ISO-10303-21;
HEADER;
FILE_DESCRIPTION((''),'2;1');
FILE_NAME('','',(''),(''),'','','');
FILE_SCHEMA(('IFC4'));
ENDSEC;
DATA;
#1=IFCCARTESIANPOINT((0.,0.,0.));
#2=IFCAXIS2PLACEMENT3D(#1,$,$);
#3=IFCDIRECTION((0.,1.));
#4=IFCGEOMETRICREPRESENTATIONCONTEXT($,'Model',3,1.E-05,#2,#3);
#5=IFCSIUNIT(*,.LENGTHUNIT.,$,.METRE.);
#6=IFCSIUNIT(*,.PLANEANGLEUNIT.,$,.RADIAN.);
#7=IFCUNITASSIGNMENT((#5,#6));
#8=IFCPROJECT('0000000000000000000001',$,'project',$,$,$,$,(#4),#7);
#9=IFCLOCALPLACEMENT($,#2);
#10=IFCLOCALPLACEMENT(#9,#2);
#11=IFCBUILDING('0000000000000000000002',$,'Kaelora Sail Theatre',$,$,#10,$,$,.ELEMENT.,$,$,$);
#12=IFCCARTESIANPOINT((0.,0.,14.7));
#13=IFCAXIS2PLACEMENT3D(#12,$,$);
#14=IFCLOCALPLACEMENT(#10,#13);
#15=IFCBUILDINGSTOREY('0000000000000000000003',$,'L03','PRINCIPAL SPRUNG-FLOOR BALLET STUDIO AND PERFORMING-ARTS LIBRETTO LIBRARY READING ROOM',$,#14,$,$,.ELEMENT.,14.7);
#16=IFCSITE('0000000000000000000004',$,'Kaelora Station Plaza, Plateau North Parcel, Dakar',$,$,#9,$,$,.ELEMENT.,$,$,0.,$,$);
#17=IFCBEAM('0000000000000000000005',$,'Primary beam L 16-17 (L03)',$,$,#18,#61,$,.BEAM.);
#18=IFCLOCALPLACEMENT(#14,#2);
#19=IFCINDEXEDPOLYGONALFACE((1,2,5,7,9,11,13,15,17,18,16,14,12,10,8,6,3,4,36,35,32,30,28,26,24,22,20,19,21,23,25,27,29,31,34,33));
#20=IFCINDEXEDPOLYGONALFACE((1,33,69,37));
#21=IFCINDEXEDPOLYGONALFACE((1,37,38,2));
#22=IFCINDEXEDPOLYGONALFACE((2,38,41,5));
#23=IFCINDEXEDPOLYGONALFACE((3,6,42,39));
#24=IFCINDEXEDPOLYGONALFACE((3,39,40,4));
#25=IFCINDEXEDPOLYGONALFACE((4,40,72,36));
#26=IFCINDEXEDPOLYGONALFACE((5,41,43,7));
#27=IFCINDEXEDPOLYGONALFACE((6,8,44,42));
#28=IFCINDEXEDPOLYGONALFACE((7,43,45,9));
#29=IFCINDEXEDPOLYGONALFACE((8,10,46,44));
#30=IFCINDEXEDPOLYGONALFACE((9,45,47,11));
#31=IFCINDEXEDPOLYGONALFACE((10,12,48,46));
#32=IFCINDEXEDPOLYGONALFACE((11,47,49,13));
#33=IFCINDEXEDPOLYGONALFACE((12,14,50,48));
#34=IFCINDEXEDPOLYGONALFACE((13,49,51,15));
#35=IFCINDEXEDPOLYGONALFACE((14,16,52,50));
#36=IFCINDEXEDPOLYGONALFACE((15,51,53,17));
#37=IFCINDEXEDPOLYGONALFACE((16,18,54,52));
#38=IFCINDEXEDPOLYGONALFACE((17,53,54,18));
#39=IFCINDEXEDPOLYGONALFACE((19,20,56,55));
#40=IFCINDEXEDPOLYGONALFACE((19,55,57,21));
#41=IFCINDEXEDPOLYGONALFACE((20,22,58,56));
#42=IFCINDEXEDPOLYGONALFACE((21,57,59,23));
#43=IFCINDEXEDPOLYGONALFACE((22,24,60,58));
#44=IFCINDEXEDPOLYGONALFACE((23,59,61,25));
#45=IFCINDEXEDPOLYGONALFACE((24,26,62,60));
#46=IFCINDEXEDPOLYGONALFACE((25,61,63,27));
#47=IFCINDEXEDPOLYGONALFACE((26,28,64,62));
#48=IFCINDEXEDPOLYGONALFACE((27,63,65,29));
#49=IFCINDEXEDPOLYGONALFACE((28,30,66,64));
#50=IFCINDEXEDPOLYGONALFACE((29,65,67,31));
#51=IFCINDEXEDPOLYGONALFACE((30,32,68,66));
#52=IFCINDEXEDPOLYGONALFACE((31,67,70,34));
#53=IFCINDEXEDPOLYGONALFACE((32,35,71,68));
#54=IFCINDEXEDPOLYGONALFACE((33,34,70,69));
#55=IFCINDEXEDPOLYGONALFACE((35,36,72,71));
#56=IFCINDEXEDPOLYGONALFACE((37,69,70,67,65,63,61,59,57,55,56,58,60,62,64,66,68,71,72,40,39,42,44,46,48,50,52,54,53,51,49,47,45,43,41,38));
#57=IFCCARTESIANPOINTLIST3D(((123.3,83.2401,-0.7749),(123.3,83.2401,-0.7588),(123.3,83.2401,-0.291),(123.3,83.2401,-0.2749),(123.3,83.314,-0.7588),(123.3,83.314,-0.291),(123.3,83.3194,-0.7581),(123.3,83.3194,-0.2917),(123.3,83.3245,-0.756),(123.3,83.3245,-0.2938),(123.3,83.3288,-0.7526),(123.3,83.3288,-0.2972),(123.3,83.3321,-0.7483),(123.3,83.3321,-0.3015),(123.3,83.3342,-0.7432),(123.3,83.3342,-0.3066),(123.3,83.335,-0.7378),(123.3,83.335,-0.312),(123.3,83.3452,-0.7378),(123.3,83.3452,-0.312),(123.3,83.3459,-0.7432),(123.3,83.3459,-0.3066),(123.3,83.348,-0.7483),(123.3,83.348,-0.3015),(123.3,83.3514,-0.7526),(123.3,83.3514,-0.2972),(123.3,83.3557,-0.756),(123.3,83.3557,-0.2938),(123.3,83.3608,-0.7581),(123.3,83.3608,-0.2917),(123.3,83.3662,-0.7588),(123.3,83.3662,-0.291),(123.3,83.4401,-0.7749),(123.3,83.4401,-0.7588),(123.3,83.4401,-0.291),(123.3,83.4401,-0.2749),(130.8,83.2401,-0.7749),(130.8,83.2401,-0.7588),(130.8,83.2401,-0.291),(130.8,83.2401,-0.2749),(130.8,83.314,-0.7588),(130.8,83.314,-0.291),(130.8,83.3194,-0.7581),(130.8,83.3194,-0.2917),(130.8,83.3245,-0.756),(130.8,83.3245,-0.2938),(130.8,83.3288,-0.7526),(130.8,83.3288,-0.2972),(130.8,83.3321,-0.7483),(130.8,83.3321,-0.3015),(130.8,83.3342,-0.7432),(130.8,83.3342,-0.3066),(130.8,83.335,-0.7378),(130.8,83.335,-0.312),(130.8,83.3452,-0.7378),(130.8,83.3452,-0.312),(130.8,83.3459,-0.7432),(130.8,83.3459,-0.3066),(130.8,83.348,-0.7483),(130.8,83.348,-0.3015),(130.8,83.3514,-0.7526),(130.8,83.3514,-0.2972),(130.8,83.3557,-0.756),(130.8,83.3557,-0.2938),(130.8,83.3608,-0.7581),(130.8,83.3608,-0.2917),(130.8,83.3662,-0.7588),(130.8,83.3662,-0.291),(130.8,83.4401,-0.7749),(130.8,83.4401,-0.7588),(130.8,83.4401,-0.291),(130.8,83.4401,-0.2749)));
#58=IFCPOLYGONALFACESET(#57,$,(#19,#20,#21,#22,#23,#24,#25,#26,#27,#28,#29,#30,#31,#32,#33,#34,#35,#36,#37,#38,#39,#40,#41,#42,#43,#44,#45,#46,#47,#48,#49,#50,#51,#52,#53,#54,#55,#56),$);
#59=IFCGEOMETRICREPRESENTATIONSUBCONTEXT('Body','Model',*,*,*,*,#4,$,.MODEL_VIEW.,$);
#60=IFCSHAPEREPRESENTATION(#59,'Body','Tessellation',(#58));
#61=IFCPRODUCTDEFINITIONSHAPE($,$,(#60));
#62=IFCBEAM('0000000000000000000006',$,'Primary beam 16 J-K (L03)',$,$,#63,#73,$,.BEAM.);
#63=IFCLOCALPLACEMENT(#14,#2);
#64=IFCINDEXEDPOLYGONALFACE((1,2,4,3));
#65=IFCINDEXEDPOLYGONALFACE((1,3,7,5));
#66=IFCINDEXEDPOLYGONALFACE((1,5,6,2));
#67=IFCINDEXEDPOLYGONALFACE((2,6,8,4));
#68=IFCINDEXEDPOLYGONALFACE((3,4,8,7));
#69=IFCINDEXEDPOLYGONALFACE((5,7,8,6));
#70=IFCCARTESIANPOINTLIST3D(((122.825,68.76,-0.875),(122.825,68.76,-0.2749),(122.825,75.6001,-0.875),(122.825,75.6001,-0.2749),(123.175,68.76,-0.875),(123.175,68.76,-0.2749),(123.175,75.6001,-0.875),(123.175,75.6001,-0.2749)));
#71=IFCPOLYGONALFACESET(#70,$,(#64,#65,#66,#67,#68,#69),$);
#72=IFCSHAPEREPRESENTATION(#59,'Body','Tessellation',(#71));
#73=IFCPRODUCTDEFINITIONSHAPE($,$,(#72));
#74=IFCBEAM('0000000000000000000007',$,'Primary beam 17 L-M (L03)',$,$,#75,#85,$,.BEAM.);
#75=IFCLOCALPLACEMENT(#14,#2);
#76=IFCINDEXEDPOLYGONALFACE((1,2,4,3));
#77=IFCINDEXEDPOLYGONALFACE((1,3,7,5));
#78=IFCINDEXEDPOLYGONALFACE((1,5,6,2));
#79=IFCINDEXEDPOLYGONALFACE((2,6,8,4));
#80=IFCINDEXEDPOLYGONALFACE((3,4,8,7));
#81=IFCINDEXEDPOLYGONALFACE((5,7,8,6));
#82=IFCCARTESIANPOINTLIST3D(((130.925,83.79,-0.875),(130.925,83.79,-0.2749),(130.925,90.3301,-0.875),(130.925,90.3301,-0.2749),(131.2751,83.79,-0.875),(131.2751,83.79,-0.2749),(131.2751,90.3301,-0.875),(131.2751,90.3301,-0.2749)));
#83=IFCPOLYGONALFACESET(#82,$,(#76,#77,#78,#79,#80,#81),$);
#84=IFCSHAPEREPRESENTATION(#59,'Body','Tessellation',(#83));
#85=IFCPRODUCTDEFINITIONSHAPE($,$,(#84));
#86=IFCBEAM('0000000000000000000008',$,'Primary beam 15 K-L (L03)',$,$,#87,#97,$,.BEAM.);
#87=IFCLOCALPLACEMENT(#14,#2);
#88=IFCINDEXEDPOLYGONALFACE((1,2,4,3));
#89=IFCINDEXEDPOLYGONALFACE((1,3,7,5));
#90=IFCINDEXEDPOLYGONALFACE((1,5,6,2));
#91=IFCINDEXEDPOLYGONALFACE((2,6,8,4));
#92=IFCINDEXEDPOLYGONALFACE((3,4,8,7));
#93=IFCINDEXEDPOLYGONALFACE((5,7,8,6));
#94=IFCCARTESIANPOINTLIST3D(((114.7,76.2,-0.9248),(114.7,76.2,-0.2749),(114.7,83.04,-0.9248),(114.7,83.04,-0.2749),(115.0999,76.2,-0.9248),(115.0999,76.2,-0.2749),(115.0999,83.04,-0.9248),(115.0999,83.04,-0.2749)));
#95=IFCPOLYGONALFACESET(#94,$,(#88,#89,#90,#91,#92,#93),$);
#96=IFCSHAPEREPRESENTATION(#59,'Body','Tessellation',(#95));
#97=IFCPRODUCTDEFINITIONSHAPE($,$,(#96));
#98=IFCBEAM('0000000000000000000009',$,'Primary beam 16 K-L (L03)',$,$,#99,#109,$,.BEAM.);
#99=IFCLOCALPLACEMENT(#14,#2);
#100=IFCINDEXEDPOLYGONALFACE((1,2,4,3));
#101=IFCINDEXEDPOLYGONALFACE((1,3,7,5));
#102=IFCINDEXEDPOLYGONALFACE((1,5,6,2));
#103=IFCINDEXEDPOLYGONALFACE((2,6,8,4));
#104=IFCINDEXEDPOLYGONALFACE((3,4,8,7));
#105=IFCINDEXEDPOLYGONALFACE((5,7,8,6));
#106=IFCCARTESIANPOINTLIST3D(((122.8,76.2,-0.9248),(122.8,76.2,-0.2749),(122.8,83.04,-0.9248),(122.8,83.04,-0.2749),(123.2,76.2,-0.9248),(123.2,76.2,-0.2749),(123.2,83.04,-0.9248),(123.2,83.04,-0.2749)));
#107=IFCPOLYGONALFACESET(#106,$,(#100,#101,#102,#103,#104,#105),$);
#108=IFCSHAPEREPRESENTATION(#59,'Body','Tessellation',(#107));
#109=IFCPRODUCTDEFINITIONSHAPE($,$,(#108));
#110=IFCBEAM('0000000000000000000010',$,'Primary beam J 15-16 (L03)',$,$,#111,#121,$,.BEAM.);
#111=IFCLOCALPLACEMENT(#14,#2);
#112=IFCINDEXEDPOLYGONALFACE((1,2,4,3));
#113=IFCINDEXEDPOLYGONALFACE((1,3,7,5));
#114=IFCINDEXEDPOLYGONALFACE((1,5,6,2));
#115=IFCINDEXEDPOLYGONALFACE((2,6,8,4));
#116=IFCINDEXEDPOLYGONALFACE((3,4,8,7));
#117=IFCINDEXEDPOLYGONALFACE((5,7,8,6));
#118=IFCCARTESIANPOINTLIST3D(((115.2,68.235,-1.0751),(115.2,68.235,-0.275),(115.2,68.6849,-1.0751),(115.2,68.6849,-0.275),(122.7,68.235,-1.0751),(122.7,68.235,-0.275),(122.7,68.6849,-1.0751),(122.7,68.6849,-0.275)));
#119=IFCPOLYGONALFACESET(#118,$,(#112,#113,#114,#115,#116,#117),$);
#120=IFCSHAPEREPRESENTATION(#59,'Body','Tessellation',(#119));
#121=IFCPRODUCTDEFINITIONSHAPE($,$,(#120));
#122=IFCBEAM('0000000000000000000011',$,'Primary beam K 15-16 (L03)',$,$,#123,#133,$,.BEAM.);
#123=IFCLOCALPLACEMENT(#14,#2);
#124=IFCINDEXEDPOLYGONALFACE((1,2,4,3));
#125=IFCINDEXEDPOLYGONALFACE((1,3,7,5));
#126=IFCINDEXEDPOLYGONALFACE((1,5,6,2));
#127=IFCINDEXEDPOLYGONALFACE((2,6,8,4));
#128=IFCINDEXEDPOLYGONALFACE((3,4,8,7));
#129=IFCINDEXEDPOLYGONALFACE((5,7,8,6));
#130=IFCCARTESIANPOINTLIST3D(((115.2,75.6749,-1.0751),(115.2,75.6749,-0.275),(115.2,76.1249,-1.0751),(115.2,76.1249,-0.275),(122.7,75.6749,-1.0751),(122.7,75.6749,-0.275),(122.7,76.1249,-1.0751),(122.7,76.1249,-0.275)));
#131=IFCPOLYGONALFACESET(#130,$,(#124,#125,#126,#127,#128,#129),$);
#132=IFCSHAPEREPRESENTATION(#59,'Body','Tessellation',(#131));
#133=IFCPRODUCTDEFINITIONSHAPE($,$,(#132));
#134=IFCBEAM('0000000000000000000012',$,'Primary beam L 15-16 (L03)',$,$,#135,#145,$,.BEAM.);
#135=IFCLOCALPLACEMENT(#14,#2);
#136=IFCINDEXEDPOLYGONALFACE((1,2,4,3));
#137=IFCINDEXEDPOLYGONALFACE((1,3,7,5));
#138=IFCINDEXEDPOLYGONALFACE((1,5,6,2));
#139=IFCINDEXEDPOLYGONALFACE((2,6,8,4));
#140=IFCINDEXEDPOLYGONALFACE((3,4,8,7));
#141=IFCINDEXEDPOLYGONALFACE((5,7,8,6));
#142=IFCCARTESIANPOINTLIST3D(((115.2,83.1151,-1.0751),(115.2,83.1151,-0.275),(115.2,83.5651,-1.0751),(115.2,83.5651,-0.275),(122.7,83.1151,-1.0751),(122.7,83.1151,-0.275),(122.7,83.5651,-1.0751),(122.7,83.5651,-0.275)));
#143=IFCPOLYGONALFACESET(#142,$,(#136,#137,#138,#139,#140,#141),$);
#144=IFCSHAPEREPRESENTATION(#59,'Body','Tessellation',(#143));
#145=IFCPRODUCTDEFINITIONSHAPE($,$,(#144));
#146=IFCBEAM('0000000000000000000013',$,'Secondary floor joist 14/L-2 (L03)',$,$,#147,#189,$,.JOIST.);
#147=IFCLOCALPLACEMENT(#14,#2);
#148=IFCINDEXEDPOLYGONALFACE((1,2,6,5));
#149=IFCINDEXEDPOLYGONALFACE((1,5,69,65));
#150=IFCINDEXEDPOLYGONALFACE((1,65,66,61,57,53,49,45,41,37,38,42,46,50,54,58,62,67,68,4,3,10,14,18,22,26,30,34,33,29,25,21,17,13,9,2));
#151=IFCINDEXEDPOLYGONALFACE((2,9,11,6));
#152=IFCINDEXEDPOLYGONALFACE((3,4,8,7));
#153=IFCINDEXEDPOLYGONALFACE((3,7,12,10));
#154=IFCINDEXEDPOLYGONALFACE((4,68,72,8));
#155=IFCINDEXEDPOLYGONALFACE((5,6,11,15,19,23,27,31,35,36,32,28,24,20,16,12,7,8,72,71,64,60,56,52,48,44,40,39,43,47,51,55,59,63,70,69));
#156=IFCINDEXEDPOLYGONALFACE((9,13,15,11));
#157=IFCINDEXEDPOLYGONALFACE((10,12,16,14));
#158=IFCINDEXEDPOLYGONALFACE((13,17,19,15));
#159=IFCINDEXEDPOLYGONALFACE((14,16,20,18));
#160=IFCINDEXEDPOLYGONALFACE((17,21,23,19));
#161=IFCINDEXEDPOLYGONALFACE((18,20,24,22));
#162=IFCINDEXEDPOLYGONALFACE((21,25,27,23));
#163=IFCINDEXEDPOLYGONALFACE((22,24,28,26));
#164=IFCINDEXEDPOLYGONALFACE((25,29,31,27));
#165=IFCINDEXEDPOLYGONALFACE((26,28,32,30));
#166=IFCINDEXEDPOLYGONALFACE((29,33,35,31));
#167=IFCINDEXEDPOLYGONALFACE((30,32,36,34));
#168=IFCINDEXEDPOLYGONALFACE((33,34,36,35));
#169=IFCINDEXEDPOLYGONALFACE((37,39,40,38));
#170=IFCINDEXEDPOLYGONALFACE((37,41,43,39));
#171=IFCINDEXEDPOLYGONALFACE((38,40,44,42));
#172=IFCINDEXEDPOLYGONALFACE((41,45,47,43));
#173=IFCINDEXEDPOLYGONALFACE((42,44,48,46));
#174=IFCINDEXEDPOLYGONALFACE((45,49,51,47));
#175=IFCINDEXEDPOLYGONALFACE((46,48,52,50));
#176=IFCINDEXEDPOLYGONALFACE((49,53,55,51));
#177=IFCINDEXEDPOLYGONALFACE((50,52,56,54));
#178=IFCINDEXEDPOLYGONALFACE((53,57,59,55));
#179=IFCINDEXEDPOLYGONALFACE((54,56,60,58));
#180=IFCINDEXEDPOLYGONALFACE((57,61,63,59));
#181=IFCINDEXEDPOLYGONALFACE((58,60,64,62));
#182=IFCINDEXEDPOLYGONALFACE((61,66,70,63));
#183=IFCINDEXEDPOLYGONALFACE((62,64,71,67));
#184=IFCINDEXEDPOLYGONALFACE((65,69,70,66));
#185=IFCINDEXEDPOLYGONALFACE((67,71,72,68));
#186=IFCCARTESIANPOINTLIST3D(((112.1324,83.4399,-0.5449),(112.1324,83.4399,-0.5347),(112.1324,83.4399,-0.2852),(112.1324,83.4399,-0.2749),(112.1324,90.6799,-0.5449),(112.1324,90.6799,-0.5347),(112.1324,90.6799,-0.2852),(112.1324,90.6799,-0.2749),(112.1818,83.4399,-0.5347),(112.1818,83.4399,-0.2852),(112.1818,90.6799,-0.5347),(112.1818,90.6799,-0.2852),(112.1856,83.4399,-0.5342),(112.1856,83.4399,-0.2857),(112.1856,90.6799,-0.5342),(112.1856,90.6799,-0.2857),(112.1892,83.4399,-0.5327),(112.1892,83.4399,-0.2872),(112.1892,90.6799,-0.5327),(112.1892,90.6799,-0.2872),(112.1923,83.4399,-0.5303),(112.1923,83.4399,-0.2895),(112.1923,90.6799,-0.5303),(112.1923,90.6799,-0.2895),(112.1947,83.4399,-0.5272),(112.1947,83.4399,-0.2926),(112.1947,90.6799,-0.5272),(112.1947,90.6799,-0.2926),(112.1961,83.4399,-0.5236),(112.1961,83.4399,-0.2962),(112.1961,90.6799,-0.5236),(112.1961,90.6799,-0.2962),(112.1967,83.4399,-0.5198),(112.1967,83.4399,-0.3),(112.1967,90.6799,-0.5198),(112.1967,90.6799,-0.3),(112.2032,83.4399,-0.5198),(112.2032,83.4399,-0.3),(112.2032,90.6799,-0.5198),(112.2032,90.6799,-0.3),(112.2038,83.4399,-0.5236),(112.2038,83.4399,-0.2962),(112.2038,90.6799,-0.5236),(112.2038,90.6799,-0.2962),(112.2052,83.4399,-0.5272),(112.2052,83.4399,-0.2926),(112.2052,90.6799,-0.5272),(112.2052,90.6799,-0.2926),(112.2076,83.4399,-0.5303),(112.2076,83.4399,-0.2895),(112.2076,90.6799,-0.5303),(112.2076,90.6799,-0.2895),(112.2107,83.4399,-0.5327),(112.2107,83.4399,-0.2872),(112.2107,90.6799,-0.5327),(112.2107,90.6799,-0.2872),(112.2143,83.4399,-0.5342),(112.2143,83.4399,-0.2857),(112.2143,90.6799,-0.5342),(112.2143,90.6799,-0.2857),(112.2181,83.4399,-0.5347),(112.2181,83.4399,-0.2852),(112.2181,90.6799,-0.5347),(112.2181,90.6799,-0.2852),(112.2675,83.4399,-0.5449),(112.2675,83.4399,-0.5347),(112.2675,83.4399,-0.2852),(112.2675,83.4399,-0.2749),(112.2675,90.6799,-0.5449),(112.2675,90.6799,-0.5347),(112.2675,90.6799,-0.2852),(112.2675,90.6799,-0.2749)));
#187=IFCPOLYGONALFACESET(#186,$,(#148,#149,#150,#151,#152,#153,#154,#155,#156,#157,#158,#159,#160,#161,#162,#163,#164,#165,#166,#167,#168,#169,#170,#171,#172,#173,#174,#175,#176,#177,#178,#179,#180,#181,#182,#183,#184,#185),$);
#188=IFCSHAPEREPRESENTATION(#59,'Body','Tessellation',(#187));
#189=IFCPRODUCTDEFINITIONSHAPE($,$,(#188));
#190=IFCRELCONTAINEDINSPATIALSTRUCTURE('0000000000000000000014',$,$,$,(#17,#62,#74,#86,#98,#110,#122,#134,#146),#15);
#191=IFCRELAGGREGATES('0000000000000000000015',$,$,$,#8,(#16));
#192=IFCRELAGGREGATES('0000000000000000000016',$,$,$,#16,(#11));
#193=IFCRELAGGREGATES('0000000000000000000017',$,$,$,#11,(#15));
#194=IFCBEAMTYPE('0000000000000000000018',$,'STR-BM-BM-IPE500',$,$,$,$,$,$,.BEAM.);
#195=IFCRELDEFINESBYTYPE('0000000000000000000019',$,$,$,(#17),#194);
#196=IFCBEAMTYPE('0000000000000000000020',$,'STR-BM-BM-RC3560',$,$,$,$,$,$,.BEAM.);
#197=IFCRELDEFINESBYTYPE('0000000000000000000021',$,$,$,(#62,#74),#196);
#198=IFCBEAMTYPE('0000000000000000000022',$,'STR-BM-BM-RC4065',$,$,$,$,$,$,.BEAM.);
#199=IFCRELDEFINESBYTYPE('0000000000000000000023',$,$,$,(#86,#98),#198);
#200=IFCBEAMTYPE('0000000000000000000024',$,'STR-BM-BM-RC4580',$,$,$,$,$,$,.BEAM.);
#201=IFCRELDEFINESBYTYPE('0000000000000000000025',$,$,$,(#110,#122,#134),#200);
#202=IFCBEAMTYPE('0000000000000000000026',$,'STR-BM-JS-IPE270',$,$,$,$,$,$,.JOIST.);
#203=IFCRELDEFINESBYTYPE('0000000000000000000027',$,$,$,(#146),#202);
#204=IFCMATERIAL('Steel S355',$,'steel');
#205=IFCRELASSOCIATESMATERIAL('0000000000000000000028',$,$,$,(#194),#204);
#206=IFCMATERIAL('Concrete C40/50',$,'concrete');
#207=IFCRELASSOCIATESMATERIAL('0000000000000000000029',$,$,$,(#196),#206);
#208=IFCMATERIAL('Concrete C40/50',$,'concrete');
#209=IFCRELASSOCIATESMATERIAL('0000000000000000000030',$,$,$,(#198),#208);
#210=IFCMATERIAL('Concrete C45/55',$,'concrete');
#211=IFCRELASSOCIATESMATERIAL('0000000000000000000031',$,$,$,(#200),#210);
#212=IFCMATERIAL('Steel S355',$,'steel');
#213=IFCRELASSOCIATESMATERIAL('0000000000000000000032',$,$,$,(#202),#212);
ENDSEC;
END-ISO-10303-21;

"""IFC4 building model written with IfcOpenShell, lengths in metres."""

from ifc_helpers import new_model, si_unit, direction, frame, origin, origin_2d, place, context, subcontext, project, spatial, rectangle, i_section, extrude, material, material_profile, profile_set, type_object, element, save


model = new_model("IFC4")

# Units and contexts
model_context = context("Model", 3, precision=1e-05, world=origin(), true_north=direction((0.0, 1.0)))
body_context = subcontext(model_context, "Body", "Model", "MODEL_VIEW")
ifc_project = project(units=[si_unit("LENGTHUNIT", "METRE"), si_unit("PLANEANGLEUNIT", "RADIAN")], contexts=[model_context])

# Site, building, storey
site_placement = place(None, origin())
site = spatial("IfcSite", under=ifc_project, at=site_placement, Name="Kaelora Station Plaza, Plateau North Parcel, Dakar", CompositionType="ELEMENT", RefElevation=0.0)
building_placement = place(site_placement, origin())
building = spatial("IfcBuilding", under=site, at=building_placement, Name="Kaelora Sail Theatre", CompositionType="ELEMENT")
storey_placement = place(building_placement, frame((0.0, 0.0, 14.7)))
storey = spatial("IfcBuildingStorey", under=building, at=storey_placement, Name="L03", Description="PRINCIPAL SPRUNG-FLOOR BALLET STUDIO AND PERFORMING-ARTS LIBRETTO LIBRARY READING ROOM", CompositionType="ELEMENT", Elevation=14.7)

# Beams
ifc_material_1 = material(Name="Steel S355", Category="steel")
ifc_material_profile_1 = material_profile(ifc_material_1, i_section(OverallWidth=0.2, OverallDepth=0.5, WebThickness=0.0103, FlangeThickness=0.0161, FilletRadius=0.021, at=origin_2d()), Name="IPE 500")
ifc_profile_set_1 = profile_set([ifc_material_profile_1], Name="Steel S355")
beam_type_1 = type_object("IfcBeamType", Name="STR-BM-BM-IPE500", PredefinedType="BEAM", material=ifc_profile_set_1)
for number, where, z_axis, x_axis, name in (
    (1, (123.3, 83.3401, -0.5249), (1.0, 0.0, 0.0), (0.0, 1.0, 0.0), "Primary beam L 16-17 (L03)"),
):
    element("IfcBeam", number, at=place(storey_placement, frame(where, z_axis=z_axis, x_axis=x_axis)), inside=storey, type_object=beam_type_1, Name=name, PredefinedType="BEAM", context=body_context, shape_type="SweptSolid", body=[
        extrude(i_section(OverallWidth=0.2, OverallDepth=0.5, WebThickness=0.0103, FlangeThickness=0.0161, FilletRadius=0.021, at=origin_2d()), origin(), (0.0, 0.0, 1.0), 7.5),
    ])
ifc_material_2 = material(Name="Concrete C40/50", Category="concrete")
ifc_material_profile_2 = material_profile(ifc_material_2, rectangle(XDim=0.3501, YDim=0.6001, at=origin_2d()), Name="RC-BM 350x600")
ifc_profile_set_2 = profile_set([ifc_material_profile_2], Name="Concrete C40/50")
beam_type_2 = type_object("IfcBeamType", Name="STR-BM-BM-RC3560", PredefinedType="BEAM", material=ifc_profile_set_2)
beam_1_placement = place(storey_placement, frame((123.0, 68.76, -0.575), z_axis=(0.0, 1.0, 0.0), x_axis=(-1.0, 0.0, 0.0)))
element("IfcBeam", 2, at=beam_1_placement, inside=storey, type_object=beam_type_2, Name="Primary beam 16 J-K (L03)", PredefinedType="BEAM", context=body_context, shape_type="SweptSolid", body=[
    extrude(rectangle(XDim=0.3501, YDim=0.6001, at=origin_2d()), origin(), (0.0, 0.0, 1.0), 6.8401),
])
beam_2_placement = place(storey_placement, frame((131.1001, 83.79, -0.575), z_axis=(0.0, 1.0, 0.0), x_axis=(-1.0, 0.0, 0.0)))
element("IfcBeam", 3, at=beam_2_placement, inside=storey, type_object=beam_type_2, Name="Primary beam 17 L-M (L03)", PredefinedType="BEAM", context=body_context, shape_type="SweptSolid", body=[
    extrude(rectangle(XDim=0.3501, YDim=0.6001, at=origin_2d()), origin(), (0.0, 0.0, 1.0), 6.54),
])
ifc_material_3 = material(Name="Concrete C40/50", Category="concrete")
ifc_material_profile_3 = material_profile(ifc_material_3, rectangle(XDim=0.3999, YDim=0.6499, at=origin_2d()), Name="RC-BM 400x650")
ifc_profile_set_3 = profile_set([ifc_material_profile_3], Name="Concrete C40/50")
beam_type_3 = type_object("IfcBeamType", Name="STR-BM-BM-RC4065", PredefinedType="BEAM", material=ifc_profile_set_3)
for number, where, z_axis, x_axis, name in (
    (4, (114.8999, 76.2, -0.5999), (0.0, 1.0, 0.0), (-1.0, 0.0, 0.0), "Primary beam 15 K-L (L03)"),
    (5, (123.0, 76.2, -0.5999), (0.0, 1.0, 0.0), (-1.0, 0.0, 0.0), "Primary beam 16 K-L (L03)"),
):
    element("IfcBeam", number, at=place(storey_placement, frame(where, z_axis=z_axis, x_axis=x_axis)), inside=storey, type_object=beam_type_3, Name=name, PredefinedType="BEAM", context=body_context, shape_type="SweptSolid", body=[
        extrude(rectangle(XDim=0.3999, YDim=0.6499, at=origin_2d()), origin(), (0.0, 0.0, 1.0), 6.8401),
    ])
ifc_material_4 = material(Name="Concrete C45/55", Category="concrete")
ifc_material_profile_4 = material_profile(ifc_material_4, rectangle(XDim=0.45, YDim=0.8, at=origin_2d()), Name="RC-BM 450x800")
ifc_profile_set_4 = profile_set([ifc_material_profile_4], Name="Concrete C45/55")
beam_type_4 = type_object("IfcBeamType", Name="STR-BM-BM-RC4580", PredefinedType="BEAM", material=ifc_profile_set_4)
for number, where, z_axis, x_axis, name in (
    (6, (115.2, 68.46, -0.675), (1.0, 0.0, 0.0), (0.0, 1.0, 0.0), "Primary beam J 15-16 (L03)"),
    (7, (115.2, 75.8999, -0.675), (1.0, 0.0, 0.0), (0.0, 1.0, 0.0), "Primary beam K 15-16 (L03)"),
    (8, (115.2, 83.3401, -0.675), (1.0, 0.0, 0.0), (0.0, 1.0, 0.0), "Primary beam L 15-16 (L03)"),
):
    element("IfcBeam", number, at=place(storey_placement, frame(where, z_axis=z_axis, x_axis=x_axis)), inside=storey, type_object=beam_type_4, Name=name, PredefinedType="BEAM", context=body_context, shape_type="SweptSolid", body=[
        extrude(rectangle(XDim=0.45, YDim=0.8, at=origin_2d()), origin(), (0.0, 0.0, 1.0), 7.5),
    ])
ifc_material_5 = material(Name="Steel S355", Category="steel")
ifc_material_profile_5 = material_profile(ifc_material_5, i_section(OverallWidth=0.135, OverallDepth=0.27, WebThickness=0.0066, FlangeThickness=0.0103, FilletRadius=0.0149, at=origin_2d()), Name="IPE 270")
ifc_profile_set_5 = profile_set([ifc_material_profile_5], Name="Steel S355")
beam_type_5 = type_object("IfcBeamType", Name="STR-BM-JS-IPE270", PredefinedType="JOIST", material=ifc_profile_set_5)
beam_3_placement = place(storey_placement, frame((112.2, 83.4399, -0.4099), z_axis=(0.0, 1.0, 0.0), x_axis=(-1.0, 0.0, 0.0)))
element("IfcBeam", 9, at=beam_3_placement, inside=storey, type_object=beam_type_5, Name="Secondary floor joist 14/L-2 (L03)", PredefinedType="JOIST", context=body_context, shape_type="SweptSolid", body=[
    extrude(i_section(OverallWidth=0.135, OverallDepth=0.27, WebThickness=0.0066, FlangeThickness=0.0103, FilletRadius=0.0149, at=origin_2d()), origin(), (0.0, 0.0, 1.0), 7.24),
])

save(model, "model.ifc")
